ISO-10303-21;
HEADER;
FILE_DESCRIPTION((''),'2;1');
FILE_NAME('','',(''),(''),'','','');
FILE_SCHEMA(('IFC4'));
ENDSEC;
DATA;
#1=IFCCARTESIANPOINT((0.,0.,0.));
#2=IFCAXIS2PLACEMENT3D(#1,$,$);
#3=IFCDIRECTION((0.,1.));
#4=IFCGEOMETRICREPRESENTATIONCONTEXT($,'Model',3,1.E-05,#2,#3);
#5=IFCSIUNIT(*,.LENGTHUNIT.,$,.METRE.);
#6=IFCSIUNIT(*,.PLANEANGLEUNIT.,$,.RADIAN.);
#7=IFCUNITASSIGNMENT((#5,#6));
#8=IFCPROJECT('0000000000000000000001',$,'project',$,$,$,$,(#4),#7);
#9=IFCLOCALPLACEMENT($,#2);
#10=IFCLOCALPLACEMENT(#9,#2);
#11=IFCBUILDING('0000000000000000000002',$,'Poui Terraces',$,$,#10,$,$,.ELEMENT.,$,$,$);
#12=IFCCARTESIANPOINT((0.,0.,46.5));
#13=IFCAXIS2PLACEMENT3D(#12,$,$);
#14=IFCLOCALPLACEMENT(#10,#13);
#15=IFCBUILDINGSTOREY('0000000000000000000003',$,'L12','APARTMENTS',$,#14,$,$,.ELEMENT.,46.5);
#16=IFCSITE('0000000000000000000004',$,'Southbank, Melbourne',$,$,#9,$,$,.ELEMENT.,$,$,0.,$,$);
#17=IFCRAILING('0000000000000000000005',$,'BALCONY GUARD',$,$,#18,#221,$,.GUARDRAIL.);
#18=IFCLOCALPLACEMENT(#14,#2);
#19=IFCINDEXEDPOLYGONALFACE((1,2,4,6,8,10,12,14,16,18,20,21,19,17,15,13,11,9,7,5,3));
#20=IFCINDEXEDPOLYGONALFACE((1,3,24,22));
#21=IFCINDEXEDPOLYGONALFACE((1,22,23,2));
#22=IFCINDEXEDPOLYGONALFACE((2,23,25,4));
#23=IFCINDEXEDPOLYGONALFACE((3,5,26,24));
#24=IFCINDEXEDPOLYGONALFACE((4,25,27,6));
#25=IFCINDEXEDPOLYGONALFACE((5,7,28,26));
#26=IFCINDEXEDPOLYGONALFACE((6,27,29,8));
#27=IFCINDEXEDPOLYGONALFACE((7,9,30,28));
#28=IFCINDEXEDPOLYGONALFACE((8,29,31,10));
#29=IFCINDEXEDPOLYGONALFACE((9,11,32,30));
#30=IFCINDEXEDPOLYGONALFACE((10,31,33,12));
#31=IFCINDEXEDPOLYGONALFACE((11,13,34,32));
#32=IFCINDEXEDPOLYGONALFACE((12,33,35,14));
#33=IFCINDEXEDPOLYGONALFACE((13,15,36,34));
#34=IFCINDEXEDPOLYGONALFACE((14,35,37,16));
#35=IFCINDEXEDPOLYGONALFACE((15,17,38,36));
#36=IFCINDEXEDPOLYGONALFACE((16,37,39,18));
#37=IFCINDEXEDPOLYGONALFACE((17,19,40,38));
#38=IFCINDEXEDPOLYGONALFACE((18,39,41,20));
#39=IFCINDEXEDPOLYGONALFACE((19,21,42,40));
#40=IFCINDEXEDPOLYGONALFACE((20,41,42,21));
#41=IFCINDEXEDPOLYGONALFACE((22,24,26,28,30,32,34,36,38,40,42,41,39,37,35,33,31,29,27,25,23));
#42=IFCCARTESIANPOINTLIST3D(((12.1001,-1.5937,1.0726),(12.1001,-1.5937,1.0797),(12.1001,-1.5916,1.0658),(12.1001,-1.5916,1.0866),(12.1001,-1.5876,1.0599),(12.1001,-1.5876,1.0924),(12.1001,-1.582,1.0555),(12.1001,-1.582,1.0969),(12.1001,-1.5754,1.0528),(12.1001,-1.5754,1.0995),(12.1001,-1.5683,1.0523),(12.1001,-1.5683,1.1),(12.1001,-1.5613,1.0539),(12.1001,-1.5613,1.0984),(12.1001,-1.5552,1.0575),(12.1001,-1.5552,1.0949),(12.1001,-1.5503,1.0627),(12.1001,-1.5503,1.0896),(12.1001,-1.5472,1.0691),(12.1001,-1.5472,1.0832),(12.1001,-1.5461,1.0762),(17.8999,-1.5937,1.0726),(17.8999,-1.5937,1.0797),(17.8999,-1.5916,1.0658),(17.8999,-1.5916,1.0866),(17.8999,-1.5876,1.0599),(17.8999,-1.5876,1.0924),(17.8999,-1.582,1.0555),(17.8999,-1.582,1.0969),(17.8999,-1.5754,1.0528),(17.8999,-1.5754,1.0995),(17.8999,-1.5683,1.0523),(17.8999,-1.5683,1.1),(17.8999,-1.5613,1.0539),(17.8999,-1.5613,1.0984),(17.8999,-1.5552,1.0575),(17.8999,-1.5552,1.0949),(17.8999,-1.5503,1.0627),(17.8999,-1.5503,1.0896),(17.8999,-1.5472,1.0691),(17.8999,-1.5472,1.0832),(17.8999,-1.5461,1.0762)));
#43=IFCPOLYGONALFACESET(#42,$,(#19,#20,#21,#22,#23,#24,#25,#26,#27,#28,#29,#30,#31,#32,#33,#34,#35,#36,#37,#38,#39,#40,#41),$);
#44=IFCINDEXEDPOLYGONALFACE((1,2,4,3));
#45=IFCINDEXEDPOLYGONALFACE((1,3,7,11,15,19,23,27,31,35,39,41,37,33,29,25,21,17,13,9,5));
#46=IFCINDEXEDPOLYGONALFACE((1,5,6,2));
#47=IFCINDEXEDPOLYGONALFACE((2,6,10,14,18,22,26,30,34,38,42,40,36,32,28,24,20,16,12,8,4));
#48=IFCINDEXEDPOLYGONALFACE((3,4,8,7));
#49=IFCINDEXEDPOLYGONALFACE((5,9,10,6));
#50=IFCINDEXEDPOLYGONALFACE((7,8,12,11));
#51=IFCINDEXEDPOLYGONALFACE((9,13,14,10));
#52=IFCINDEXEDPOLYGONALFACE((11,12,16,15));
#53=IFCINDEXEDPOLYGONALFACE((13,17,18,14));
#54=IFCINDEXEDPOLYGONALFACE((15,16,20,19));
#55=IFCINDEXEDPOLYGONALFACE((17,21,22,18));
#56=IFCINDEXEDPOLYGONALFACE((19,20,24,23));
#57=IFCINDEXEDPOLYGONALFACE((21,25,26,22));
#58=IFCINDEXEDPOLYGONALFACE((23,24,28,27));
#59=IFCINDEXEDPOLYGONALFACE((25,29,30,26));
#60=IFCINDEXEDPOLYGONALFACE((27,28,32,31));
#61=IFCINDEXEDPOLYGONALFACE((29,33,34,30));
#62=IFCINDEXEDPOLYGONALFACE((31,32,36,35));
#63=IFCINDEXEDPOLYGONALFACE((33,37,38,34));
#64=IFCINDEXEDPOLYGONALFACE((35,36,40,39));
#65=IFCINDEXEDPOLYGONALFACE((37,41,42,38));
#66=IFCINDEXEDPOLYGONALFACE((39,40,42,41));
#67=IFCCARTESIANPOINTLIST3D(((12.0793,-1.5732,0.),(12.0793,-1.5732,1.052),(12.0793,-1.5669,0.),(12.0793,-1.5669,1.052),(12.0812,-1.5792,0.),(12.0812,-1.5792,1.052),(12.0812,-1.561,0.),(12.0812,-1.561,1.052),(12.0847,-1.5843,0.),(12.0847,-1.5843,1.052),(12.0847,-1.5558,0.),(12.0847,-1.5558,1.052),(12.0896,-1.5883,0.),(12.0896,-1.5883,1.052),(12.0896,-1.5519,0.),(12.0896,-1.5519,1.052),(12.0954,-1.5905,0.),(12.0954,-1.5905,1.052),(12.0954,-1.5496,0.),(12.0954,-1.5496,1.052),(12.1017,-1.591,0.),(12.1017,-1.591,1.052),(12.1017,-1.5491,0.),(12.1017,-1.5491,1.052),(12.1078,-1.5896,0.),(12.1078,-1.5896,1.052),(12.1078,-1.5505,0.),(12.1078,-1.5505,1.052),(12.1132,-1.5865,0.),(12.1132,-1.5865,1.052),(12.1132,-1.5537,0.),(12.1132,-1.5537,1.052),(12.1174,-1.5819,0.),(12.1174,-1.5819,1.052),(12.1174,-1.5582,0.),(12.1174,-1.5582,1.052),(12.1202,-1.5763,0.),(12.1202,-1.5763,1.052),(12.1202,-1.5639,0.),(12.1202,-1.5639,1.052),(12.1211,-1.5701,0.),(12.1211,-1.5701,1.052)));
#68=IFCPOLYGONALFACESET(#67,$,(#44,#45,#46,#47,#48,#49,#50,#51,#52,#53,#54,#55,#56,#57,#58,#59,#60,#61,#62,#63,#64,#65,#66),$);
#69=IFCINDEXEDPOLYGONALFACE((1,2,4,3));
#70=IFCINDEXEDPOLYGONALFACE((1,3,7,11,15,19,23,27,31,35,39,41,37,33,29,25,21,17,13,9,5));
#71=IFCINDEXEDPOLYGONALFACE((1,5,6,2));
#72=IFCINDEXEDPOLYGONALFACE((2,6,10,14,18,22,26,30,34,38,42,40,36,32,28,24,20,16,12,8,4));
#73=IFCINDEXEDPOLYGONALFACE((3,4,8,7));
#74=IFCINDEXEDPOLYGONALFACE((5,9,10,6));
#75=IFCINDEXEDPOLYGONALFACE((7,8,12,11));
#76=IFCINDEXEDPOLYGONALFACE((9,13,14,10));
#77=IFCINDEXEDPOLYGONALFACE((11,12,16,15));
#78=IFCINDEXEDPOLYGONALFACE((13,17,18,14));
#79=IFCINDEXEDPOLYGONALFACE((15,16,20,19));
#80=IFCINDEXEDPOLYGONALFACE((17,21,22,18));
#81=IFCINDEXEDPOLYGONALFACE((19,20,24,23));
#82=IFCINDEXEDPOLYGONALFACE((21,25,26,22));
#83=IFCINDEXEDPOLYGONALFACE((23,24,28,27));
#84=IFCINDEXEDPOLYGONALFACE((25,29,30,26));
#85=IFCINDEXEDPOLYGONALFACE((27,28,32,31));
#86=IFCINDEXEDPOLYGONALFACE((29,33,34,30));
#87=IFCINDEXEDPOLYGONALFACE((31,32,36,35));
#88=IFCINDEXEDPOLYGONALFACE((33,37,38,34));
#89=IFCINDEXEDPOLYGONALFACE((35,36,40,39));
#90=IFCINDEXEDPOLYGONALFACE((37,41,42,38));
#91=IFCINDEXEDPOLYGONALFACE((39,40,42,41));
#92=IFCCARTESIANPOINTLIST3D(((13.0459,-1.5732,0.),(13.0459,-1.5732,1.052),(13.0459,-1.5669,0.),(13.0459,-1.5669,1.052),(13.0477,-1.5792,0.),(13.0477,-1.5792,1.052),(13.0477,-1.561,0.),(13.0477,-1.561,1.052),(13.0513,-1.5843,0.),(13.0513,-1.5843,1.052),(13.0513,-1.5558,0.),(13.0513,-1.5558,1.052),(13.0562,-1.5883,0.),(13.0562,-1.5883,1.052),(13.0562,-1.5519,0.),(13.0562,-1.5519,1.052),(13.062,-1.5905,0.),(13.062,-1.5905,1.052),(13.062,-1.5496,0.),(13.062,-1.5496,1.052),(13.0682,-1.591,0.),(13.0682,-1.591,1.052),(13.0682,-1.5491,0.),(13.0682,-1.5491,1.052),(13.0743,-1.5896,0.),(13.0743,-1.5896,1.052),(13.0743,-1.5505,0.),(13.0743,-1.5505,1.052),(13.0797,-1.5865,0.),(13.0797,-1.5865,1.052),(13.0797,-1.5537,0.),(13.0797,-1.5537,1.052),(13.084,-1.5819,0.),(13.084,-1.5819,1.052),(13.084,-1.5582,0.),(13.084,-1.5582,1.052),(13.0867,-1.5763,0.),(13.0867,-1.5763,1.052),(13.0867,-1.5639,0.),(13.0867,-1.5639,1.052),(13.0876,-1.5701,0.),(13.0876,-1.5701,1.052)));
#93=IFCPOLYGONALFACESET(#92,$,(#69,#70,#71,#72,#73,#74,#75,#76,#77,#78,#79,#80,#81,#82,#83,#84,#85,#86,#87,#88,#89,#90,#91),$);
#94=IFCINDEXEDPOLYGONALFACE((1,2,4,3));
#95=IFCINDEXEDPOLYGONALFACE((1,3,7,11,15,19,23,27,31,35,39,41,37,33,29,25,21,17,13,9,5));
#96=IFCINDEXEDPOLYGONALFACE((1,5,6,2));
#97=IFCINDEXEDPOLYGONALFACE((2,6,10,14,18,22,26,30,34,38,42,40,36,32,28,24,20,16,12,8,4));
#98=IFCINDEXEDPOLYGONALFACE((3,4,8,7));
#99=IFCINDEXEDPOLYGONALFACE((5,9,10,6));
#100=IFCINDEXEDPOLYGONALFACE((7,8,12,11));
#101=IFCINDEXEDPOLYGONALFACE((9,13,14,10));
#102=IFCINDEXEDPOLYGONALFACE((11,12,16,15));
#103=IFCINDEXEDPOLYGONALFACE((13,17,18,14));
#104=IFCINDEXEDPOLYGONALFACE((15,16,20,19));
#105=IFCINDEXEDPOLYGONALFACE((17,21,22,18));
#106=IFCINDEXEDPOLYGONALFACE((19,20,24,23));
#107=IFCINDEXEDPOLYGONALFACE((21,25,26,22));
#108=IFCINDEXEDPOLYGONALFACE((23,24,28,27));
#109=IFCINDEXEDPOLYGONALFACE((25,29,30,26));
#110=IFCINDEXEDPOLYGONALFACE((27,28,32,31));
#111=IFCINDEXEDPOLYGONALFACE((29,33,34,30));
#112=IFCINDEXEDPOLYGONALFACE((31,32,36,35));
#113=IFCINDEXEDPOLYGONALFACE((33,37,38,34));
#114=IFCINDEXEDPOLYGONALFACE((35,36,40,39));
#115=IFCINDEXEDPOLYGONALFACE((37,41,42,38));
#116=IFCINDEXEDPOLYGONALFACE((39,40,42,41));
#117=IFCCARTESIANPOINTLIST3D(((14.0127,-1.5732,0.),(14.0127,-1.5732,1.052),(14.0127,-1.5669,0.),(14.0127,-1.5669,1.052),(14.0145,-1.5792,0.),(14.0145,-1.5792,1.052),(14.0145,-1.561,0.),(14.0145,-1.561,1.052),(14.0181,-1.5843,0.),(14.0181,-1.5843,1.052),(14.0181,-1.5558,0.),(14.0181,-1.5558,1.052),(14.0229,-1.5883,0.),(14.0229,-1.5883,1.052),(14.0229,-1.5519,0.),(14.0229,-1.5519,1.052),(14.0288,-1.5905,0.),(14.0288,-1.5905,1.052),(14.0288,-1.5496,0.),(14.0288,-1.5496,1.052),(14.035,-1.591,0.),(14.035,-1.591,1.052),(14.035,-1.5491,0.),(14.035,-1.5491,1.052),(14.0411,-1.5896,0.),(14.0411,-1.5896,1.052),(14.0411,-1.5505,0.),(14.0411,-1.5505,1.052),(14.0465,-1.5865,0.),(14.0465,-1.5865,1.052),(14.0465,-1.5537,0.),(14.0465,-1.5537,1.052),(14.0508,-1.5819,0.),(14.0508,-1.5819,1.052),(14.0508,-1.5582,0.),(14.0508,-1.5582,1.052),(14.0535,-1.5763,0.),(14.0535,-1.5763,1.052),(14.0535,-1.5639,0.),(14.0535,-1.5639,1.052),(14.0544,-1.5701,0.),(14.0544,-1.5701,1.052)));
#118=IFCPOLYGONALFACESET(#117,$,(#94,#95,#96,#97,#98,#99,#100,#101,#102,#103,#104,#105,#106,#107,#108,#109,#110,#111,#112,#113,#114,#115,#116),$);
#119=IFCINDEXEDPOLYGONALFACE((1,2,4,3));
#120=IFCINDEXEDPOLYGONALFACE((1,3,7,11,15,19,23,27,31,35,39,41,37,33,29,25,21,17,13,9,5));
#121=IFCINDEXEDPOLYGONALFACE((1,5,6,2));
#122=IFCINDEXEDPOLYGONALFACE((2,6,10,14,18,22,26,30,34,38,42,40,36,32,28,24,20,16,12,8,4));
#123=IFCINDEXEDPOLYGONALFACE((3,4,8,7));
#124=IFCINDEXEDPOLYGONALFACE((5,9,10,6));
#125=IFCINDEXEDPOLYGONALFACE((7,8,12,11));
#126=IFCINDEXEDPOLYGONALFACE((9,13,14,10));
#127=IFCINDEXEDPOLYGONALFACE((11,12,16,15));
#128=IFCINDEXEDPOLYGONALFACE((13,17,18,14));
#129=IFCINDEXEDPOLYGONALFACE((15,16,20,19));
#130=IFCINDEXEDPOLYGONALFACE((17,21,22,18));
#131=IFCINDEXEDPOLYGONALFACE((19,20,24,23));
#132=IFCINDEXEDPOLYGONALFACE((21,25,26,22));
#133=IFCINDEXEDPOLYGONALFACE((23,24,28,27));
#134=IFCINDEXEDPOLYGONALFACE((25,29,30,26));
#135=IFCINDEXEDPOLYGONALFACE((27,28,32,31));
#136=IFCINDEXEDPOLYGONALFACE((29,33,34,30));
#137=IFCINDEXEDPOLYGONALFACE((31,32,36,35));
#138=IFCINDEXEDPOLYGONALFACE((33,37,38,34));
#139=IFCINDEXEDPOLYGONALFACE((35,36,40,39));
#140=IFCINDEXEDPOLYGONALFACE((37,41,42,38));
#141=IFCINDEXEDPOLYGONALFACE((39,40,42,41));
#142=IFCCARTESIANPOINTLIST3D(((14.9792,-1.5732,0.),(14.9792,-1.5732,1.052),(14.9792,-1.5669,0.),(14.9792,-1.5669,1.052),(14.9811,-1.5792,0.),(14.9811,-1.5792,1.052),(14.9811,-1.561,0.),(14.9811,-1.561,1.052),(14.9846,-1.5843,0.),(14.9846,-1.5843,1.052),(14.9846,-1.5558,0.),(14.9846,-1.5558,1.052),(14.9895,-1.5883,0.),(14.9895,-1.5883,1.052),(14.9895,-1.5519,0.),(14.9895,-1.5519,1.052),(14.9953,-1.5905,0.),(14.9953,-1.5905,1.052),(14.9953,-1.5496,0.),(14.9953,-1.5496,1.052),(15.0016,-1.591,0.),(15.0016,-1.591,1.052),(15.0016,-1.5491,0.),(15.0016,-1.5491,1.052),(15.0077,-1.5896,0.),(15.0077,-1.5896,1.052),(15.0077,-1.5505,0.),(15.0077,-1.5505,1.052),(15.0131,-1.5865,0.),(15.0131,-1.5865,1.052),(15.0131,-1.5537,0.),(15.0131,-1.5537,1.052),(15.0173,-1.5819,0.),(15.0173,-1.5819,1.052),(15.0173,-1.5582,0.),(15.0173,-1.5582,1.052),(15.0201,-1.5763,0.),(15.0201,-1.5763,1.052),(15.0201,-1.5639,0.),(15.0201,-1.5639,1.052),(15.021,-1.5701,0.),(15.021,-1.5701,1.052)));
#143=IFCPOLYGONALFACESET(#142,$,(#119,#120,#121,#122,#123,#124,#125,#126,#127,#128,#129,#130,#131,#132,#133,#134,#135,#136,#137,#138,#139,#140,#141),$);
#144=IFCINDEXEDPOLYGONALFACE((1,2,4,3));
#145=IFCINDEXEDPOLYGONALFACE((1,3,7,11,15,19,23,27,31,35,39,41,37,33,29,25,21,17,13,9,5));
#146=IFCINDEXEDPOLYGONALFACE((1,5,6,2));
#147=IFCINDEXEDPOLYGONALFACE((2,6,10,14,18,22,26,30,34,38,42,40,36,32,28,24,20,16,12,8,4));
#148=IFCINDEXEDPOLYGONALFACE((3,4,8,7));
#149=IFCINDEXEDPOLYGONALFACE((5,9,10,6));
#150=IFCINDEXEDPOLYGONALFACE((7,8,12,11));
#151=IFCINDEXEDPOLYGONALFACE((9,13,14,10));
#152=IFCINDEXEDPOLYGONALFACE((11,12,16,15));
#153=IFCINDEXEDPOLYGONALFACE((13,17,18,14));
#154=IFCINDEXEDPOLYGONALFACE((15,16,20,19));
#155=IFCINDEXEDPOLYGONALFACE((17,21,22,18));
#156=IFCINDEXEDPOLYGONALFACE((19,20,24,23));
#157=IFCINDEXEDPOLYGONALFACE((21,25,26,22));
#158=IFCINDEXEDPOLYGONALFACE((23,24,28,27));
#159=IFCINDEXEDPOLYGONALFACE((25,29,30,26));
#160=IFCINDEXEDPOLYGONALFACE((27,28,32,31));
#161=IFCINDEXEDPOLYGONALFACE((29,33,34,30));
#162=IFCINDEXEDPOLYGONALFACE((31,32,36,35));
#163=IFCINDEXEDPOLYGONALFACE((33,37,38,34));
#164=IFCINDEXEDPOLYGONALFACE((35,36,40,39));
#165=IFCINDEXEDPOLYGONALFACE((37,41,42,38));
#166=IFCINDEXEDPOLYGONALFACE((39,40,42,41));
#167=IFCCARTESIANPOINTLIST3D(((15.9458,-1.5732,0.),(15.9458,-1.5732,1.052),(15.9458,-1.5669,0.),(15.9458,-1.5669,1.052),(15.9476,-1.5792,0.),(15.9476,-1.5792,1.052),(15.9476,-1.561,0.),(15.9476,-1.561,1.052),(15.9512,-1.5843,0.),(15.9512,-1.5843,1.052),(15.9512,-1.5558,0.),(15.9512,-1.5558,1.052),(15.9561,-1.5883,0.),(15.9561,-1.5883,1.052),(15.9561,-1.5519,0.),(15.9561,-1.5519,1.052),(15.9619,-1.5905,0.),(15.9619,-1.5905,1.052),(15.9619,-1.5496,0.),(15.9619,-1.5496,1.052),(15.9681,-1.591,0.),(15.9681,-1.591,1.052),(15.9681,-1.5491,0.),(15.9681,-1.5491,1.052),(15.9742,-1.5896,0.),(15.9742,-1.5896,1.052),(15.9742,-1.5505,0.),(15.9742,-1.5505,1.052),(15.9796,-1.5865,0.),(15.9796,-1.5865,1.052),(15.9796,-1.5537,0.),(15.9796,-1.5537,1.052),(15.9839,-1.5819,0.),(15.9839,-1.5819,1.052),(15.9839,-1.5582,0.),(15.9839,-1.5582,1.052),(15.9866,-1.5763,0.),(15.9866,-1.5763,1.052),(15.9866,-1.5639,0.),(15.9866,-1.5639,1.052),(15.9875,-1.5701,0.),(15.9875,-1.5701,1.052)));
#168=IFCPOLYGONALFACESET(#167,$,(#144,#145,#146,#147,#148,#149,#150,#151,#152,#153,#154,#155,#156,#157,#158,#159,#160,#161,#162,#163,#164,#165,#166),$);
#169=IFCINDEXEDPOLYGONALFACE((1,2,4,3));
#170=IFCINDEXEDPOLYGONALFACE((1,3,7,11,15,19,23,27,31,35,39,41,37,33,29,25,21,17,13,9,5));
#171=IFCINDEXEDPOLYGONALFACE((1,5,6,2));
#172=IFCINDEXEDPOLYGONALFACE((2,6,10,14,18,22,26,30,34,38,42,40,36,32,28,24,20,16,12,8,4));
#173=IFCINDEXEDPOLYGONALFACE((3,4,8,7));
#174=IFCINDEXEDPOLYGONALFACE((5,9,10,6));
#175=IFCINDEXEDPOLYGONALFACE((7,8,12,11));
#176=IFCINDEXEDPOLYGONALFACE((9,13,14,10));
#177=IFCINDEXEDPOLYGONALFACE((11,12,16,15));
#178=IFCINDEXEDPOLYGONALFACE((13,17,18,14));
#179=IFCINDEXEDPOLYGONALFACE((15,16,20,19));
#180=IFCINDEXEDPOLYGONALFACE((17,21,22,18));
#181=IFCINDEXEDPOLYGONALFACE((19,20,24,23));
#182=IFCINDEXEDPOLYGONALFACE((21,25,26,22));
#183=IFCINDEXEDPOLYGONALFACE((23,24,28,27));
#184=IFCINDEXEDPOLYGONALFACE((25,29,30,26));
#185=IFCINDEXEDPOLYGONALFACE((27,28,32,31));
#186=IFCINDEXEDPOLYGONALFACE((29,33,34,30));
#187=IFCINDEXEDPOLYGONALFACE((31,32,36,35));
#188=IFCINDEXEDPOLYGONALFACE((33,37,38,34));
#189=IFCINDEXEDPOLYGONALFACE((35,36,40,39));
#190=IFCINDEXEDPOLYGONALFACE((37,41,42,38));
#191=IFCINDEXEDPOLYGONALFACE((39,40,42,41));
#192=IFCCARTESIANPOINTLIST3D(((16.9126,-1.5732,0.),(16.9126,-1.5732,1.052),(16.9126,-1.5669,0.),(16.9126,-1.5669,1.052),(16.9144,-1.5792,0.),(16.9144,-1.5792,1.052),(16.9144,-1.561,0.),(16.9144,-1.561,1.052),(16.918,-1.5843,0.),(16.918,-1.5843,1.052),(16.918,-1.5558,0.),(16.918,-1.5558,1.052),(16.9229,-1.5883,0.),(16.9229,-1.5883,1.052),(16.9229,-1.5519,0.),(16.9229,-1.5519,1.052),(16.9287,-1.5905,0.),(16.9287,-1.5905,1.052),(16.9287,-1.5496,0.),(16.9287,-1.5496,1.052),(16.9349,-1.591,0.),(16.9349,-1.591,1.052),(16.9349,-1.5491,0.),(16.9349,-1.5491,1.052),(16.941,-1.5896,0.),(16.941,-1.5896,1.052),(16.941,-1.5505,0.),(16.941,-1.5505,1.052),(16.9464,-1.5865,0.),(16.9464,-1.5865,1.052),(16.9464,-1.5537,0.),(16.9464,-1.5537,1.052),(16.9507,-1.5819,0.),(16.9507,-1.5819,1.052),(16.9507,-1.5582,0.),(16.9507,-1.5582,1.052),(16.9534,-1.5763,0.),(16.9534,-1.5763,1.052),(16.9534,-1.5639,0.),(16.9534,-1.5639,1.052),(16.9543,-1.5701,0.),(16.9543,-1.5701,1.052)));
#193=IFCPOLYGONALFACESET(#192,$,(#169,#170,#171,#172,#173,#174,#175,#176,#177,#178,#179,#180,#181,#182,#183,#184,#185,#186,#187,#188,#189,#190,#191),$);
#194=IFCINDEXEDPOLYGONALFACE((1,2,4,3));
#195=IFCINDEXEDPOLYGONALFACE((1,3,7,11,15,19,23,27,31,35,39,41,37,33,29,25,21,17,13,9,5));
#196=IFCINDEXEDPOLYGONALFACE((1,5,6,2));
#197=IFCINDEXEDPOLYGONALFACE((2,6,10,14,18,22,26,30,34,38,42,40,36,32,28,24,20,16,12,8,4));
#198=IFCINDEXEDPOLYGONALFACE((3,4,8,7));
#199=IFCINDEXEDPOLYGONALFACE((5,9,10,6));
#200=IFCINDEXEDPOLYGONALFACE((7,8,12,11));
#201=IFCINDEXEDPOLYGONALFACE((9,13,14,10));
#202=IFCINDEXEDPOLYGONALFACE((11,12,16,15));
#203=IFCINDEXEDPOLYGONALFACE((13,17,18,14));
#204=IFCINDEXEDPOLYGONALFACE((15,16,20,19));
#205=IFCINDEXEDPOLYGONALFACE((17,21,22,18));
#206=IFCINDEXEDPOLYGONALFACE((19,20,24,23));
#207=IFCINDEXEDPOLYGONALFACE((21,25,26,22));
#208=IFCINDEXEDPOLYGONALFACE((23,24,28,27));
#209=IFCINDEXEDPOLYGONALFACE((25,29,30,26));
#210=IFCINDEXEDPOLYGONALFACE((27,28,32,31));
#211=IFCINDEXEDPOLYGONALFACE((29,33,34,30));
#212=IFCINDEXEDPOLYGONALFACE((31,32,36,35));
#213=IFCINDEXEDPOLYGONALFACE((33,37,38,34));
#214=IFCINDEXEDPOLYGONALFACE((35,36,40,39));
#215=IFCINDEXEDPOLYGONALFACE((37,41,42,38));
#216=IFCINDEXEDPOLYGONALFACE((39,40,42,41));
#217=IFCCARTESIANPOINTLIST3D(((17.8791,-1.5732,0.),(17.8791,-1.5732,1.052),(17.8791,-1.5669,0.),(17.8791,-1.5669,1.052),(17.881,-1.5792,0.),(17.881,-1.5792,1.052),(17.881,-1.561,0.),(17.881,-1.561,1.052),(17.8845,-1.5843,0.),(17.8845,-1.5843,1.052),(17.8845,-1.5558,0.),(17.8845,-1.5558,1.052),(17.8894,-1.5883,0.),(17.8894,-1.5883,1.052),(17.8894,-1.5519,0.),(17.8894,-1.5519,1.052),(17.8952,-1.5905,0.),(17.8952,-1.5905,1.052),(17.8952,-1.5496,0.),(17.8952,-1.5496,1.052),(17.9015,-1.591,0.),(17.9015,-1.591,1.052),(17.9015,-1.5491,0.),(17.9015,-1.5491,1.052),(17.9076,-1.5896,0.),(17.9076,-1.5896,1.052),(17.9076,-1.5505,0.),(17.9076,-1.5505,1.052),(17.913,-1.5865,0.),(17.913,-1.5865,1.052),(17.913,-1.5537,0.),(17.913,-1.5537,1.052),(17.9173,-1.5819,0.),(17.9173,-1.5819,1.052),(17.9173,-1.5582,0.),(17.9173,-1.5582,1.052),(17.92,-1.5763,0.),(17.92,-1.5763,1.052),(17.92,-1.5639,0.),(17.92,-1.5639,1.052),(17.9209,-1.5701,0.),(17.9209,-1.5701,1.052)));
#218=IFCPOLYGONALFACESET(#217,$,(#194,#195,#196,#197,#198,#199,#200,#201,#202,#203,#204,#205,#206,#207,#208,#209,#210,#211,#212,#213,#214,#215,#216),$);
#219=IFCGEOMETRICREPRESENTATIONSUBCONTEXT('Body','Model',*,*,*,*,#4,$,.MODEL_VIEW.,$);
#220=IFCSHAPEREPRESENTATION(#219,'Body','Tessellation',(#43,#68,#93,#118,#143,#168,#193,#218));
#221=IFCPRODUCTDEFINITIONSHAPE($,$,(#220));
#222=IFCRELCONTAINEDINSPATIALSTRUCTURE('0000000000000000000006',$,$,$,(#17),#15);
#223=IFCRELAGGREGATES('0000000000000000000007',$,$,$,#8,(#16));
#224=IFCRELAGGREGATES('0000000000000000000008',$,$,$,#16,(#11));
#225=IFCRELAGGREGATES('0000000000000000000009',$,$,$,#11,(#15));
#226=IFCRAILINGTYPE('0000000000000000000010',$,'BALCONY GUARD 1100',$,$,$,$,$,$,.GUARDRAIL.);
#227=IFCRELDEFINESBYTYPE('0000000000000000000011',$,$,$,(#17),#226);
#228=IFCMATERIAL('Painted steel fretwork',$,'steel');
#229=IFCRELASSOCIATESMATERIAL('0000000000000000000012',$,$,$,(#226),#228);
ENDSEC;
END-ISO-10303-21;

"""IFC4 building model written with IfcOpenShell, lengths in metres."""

from ifc_helpers import new_model, si_unit, direction, frame, origin, origin_2d, place, context, subcontext, project, spatial, circle, extrude, material, type_object, element, save


model = new_model("IFC4")

# Units and contexts
model_context = context("Model", 3, precision=1e-05, world=origin(), true_north=direction((0.0, 1.0)))
body_context = subcontext(model_context, "Body", "Model", "MODEL_VIEW")
ifc_project = project(units=[si_unit("LENGTHUNIT", "METRE"), si_unit("PLANEANGLEUNIT", "RADIAN")], contexts=[model_context])

# Site, building, storey
site_placement = place(None, origin())
site = spatial("IfcSite", under=ifc_project, at=site_placement, Name="Southbank, Melbourne", CompositionType="ELEMENT", RefElevation=0.0)
building_placement = place(site_placement, origin())
building = spatial("IfcBuilding", under=site, at=building_placement, Name="Poui Terraces", CompositionType="ELEMENT")
storey_placement = place(building_placement, frame((0.0, 0.0, 46.5)))
storey = spatial("IfcBuildingStorey", under=building, at=storey_placement, Name="L12", Description="APARTMENTS", CompositionType="ELEMENT", Elevation=46.5)

# Railing
ifc_material_1 = material(Name="Painted steel fretwork", Category="steel")
railing_type = type_object("IfcRailingType", Name="BALCONY GUARD 1100", PredefinedType="GUARDRAIL", material=ifc_material_1)
railing_placement = place(storey_placement, frame((12.1001, -1.5701, 0.0)))
element("IfcRailing", 1, at=railing_placement, inside=storey, type_object=railing_type, Name="BALCONY GUARD", PredefinedType="GUARDRAIL", context=body_context, shape_type="SweptSolid", body=[
    extrude(circle(Radius=0.0239, at=origin_2d()), frame((0.0, 0.0, 1.0762), z_axis=(1.0, 0.0, 0.0), x_axis=(0.0, 1.0, 0.0)), (0.0, 0.0, 1.0), 5.7998),
    extrude(circle(Radius=0.021, at=origin_2d()), origin(), (0.0, 0.0, 1.0), 1.052),
    extrude(circle(Radius=0.021, at=origin_2d()), frame((0.9666, 0.0, 0.0)), (0.0, 0.0, 1.0), 1.052),
    extrude(circle(Radius=0.021, at=origin_2d()), frame((1.9333, 0.0, 0.0)), (0.0, 0.0, 1.0), 1.052),
    extrude(circle(Radius=0.021, at=origin_2d()), frame((2.8999, 0.0, 0.0)), (0.0, 0.0, 1.0), 1.052),
    extrude(circle(Radius=0.021, at=origin_2d()), frame((3.8665, 0.0, 0.0)), (0.0, 0.0, 1.0), 1.052),
    extrude(circle(Radius=0.021, at=origin_2d()), frame((4.8333, 0.0, 0.0)), (0.0, 0.0, 1.0), 1.052),
    extrude(circle(Radius=0.021, at=origin_2d()), frame((5.7998, 0.0, 0.0)), (0.0, 0.0, 1.0), 1.052),
])

save(model, "model.ifc")
